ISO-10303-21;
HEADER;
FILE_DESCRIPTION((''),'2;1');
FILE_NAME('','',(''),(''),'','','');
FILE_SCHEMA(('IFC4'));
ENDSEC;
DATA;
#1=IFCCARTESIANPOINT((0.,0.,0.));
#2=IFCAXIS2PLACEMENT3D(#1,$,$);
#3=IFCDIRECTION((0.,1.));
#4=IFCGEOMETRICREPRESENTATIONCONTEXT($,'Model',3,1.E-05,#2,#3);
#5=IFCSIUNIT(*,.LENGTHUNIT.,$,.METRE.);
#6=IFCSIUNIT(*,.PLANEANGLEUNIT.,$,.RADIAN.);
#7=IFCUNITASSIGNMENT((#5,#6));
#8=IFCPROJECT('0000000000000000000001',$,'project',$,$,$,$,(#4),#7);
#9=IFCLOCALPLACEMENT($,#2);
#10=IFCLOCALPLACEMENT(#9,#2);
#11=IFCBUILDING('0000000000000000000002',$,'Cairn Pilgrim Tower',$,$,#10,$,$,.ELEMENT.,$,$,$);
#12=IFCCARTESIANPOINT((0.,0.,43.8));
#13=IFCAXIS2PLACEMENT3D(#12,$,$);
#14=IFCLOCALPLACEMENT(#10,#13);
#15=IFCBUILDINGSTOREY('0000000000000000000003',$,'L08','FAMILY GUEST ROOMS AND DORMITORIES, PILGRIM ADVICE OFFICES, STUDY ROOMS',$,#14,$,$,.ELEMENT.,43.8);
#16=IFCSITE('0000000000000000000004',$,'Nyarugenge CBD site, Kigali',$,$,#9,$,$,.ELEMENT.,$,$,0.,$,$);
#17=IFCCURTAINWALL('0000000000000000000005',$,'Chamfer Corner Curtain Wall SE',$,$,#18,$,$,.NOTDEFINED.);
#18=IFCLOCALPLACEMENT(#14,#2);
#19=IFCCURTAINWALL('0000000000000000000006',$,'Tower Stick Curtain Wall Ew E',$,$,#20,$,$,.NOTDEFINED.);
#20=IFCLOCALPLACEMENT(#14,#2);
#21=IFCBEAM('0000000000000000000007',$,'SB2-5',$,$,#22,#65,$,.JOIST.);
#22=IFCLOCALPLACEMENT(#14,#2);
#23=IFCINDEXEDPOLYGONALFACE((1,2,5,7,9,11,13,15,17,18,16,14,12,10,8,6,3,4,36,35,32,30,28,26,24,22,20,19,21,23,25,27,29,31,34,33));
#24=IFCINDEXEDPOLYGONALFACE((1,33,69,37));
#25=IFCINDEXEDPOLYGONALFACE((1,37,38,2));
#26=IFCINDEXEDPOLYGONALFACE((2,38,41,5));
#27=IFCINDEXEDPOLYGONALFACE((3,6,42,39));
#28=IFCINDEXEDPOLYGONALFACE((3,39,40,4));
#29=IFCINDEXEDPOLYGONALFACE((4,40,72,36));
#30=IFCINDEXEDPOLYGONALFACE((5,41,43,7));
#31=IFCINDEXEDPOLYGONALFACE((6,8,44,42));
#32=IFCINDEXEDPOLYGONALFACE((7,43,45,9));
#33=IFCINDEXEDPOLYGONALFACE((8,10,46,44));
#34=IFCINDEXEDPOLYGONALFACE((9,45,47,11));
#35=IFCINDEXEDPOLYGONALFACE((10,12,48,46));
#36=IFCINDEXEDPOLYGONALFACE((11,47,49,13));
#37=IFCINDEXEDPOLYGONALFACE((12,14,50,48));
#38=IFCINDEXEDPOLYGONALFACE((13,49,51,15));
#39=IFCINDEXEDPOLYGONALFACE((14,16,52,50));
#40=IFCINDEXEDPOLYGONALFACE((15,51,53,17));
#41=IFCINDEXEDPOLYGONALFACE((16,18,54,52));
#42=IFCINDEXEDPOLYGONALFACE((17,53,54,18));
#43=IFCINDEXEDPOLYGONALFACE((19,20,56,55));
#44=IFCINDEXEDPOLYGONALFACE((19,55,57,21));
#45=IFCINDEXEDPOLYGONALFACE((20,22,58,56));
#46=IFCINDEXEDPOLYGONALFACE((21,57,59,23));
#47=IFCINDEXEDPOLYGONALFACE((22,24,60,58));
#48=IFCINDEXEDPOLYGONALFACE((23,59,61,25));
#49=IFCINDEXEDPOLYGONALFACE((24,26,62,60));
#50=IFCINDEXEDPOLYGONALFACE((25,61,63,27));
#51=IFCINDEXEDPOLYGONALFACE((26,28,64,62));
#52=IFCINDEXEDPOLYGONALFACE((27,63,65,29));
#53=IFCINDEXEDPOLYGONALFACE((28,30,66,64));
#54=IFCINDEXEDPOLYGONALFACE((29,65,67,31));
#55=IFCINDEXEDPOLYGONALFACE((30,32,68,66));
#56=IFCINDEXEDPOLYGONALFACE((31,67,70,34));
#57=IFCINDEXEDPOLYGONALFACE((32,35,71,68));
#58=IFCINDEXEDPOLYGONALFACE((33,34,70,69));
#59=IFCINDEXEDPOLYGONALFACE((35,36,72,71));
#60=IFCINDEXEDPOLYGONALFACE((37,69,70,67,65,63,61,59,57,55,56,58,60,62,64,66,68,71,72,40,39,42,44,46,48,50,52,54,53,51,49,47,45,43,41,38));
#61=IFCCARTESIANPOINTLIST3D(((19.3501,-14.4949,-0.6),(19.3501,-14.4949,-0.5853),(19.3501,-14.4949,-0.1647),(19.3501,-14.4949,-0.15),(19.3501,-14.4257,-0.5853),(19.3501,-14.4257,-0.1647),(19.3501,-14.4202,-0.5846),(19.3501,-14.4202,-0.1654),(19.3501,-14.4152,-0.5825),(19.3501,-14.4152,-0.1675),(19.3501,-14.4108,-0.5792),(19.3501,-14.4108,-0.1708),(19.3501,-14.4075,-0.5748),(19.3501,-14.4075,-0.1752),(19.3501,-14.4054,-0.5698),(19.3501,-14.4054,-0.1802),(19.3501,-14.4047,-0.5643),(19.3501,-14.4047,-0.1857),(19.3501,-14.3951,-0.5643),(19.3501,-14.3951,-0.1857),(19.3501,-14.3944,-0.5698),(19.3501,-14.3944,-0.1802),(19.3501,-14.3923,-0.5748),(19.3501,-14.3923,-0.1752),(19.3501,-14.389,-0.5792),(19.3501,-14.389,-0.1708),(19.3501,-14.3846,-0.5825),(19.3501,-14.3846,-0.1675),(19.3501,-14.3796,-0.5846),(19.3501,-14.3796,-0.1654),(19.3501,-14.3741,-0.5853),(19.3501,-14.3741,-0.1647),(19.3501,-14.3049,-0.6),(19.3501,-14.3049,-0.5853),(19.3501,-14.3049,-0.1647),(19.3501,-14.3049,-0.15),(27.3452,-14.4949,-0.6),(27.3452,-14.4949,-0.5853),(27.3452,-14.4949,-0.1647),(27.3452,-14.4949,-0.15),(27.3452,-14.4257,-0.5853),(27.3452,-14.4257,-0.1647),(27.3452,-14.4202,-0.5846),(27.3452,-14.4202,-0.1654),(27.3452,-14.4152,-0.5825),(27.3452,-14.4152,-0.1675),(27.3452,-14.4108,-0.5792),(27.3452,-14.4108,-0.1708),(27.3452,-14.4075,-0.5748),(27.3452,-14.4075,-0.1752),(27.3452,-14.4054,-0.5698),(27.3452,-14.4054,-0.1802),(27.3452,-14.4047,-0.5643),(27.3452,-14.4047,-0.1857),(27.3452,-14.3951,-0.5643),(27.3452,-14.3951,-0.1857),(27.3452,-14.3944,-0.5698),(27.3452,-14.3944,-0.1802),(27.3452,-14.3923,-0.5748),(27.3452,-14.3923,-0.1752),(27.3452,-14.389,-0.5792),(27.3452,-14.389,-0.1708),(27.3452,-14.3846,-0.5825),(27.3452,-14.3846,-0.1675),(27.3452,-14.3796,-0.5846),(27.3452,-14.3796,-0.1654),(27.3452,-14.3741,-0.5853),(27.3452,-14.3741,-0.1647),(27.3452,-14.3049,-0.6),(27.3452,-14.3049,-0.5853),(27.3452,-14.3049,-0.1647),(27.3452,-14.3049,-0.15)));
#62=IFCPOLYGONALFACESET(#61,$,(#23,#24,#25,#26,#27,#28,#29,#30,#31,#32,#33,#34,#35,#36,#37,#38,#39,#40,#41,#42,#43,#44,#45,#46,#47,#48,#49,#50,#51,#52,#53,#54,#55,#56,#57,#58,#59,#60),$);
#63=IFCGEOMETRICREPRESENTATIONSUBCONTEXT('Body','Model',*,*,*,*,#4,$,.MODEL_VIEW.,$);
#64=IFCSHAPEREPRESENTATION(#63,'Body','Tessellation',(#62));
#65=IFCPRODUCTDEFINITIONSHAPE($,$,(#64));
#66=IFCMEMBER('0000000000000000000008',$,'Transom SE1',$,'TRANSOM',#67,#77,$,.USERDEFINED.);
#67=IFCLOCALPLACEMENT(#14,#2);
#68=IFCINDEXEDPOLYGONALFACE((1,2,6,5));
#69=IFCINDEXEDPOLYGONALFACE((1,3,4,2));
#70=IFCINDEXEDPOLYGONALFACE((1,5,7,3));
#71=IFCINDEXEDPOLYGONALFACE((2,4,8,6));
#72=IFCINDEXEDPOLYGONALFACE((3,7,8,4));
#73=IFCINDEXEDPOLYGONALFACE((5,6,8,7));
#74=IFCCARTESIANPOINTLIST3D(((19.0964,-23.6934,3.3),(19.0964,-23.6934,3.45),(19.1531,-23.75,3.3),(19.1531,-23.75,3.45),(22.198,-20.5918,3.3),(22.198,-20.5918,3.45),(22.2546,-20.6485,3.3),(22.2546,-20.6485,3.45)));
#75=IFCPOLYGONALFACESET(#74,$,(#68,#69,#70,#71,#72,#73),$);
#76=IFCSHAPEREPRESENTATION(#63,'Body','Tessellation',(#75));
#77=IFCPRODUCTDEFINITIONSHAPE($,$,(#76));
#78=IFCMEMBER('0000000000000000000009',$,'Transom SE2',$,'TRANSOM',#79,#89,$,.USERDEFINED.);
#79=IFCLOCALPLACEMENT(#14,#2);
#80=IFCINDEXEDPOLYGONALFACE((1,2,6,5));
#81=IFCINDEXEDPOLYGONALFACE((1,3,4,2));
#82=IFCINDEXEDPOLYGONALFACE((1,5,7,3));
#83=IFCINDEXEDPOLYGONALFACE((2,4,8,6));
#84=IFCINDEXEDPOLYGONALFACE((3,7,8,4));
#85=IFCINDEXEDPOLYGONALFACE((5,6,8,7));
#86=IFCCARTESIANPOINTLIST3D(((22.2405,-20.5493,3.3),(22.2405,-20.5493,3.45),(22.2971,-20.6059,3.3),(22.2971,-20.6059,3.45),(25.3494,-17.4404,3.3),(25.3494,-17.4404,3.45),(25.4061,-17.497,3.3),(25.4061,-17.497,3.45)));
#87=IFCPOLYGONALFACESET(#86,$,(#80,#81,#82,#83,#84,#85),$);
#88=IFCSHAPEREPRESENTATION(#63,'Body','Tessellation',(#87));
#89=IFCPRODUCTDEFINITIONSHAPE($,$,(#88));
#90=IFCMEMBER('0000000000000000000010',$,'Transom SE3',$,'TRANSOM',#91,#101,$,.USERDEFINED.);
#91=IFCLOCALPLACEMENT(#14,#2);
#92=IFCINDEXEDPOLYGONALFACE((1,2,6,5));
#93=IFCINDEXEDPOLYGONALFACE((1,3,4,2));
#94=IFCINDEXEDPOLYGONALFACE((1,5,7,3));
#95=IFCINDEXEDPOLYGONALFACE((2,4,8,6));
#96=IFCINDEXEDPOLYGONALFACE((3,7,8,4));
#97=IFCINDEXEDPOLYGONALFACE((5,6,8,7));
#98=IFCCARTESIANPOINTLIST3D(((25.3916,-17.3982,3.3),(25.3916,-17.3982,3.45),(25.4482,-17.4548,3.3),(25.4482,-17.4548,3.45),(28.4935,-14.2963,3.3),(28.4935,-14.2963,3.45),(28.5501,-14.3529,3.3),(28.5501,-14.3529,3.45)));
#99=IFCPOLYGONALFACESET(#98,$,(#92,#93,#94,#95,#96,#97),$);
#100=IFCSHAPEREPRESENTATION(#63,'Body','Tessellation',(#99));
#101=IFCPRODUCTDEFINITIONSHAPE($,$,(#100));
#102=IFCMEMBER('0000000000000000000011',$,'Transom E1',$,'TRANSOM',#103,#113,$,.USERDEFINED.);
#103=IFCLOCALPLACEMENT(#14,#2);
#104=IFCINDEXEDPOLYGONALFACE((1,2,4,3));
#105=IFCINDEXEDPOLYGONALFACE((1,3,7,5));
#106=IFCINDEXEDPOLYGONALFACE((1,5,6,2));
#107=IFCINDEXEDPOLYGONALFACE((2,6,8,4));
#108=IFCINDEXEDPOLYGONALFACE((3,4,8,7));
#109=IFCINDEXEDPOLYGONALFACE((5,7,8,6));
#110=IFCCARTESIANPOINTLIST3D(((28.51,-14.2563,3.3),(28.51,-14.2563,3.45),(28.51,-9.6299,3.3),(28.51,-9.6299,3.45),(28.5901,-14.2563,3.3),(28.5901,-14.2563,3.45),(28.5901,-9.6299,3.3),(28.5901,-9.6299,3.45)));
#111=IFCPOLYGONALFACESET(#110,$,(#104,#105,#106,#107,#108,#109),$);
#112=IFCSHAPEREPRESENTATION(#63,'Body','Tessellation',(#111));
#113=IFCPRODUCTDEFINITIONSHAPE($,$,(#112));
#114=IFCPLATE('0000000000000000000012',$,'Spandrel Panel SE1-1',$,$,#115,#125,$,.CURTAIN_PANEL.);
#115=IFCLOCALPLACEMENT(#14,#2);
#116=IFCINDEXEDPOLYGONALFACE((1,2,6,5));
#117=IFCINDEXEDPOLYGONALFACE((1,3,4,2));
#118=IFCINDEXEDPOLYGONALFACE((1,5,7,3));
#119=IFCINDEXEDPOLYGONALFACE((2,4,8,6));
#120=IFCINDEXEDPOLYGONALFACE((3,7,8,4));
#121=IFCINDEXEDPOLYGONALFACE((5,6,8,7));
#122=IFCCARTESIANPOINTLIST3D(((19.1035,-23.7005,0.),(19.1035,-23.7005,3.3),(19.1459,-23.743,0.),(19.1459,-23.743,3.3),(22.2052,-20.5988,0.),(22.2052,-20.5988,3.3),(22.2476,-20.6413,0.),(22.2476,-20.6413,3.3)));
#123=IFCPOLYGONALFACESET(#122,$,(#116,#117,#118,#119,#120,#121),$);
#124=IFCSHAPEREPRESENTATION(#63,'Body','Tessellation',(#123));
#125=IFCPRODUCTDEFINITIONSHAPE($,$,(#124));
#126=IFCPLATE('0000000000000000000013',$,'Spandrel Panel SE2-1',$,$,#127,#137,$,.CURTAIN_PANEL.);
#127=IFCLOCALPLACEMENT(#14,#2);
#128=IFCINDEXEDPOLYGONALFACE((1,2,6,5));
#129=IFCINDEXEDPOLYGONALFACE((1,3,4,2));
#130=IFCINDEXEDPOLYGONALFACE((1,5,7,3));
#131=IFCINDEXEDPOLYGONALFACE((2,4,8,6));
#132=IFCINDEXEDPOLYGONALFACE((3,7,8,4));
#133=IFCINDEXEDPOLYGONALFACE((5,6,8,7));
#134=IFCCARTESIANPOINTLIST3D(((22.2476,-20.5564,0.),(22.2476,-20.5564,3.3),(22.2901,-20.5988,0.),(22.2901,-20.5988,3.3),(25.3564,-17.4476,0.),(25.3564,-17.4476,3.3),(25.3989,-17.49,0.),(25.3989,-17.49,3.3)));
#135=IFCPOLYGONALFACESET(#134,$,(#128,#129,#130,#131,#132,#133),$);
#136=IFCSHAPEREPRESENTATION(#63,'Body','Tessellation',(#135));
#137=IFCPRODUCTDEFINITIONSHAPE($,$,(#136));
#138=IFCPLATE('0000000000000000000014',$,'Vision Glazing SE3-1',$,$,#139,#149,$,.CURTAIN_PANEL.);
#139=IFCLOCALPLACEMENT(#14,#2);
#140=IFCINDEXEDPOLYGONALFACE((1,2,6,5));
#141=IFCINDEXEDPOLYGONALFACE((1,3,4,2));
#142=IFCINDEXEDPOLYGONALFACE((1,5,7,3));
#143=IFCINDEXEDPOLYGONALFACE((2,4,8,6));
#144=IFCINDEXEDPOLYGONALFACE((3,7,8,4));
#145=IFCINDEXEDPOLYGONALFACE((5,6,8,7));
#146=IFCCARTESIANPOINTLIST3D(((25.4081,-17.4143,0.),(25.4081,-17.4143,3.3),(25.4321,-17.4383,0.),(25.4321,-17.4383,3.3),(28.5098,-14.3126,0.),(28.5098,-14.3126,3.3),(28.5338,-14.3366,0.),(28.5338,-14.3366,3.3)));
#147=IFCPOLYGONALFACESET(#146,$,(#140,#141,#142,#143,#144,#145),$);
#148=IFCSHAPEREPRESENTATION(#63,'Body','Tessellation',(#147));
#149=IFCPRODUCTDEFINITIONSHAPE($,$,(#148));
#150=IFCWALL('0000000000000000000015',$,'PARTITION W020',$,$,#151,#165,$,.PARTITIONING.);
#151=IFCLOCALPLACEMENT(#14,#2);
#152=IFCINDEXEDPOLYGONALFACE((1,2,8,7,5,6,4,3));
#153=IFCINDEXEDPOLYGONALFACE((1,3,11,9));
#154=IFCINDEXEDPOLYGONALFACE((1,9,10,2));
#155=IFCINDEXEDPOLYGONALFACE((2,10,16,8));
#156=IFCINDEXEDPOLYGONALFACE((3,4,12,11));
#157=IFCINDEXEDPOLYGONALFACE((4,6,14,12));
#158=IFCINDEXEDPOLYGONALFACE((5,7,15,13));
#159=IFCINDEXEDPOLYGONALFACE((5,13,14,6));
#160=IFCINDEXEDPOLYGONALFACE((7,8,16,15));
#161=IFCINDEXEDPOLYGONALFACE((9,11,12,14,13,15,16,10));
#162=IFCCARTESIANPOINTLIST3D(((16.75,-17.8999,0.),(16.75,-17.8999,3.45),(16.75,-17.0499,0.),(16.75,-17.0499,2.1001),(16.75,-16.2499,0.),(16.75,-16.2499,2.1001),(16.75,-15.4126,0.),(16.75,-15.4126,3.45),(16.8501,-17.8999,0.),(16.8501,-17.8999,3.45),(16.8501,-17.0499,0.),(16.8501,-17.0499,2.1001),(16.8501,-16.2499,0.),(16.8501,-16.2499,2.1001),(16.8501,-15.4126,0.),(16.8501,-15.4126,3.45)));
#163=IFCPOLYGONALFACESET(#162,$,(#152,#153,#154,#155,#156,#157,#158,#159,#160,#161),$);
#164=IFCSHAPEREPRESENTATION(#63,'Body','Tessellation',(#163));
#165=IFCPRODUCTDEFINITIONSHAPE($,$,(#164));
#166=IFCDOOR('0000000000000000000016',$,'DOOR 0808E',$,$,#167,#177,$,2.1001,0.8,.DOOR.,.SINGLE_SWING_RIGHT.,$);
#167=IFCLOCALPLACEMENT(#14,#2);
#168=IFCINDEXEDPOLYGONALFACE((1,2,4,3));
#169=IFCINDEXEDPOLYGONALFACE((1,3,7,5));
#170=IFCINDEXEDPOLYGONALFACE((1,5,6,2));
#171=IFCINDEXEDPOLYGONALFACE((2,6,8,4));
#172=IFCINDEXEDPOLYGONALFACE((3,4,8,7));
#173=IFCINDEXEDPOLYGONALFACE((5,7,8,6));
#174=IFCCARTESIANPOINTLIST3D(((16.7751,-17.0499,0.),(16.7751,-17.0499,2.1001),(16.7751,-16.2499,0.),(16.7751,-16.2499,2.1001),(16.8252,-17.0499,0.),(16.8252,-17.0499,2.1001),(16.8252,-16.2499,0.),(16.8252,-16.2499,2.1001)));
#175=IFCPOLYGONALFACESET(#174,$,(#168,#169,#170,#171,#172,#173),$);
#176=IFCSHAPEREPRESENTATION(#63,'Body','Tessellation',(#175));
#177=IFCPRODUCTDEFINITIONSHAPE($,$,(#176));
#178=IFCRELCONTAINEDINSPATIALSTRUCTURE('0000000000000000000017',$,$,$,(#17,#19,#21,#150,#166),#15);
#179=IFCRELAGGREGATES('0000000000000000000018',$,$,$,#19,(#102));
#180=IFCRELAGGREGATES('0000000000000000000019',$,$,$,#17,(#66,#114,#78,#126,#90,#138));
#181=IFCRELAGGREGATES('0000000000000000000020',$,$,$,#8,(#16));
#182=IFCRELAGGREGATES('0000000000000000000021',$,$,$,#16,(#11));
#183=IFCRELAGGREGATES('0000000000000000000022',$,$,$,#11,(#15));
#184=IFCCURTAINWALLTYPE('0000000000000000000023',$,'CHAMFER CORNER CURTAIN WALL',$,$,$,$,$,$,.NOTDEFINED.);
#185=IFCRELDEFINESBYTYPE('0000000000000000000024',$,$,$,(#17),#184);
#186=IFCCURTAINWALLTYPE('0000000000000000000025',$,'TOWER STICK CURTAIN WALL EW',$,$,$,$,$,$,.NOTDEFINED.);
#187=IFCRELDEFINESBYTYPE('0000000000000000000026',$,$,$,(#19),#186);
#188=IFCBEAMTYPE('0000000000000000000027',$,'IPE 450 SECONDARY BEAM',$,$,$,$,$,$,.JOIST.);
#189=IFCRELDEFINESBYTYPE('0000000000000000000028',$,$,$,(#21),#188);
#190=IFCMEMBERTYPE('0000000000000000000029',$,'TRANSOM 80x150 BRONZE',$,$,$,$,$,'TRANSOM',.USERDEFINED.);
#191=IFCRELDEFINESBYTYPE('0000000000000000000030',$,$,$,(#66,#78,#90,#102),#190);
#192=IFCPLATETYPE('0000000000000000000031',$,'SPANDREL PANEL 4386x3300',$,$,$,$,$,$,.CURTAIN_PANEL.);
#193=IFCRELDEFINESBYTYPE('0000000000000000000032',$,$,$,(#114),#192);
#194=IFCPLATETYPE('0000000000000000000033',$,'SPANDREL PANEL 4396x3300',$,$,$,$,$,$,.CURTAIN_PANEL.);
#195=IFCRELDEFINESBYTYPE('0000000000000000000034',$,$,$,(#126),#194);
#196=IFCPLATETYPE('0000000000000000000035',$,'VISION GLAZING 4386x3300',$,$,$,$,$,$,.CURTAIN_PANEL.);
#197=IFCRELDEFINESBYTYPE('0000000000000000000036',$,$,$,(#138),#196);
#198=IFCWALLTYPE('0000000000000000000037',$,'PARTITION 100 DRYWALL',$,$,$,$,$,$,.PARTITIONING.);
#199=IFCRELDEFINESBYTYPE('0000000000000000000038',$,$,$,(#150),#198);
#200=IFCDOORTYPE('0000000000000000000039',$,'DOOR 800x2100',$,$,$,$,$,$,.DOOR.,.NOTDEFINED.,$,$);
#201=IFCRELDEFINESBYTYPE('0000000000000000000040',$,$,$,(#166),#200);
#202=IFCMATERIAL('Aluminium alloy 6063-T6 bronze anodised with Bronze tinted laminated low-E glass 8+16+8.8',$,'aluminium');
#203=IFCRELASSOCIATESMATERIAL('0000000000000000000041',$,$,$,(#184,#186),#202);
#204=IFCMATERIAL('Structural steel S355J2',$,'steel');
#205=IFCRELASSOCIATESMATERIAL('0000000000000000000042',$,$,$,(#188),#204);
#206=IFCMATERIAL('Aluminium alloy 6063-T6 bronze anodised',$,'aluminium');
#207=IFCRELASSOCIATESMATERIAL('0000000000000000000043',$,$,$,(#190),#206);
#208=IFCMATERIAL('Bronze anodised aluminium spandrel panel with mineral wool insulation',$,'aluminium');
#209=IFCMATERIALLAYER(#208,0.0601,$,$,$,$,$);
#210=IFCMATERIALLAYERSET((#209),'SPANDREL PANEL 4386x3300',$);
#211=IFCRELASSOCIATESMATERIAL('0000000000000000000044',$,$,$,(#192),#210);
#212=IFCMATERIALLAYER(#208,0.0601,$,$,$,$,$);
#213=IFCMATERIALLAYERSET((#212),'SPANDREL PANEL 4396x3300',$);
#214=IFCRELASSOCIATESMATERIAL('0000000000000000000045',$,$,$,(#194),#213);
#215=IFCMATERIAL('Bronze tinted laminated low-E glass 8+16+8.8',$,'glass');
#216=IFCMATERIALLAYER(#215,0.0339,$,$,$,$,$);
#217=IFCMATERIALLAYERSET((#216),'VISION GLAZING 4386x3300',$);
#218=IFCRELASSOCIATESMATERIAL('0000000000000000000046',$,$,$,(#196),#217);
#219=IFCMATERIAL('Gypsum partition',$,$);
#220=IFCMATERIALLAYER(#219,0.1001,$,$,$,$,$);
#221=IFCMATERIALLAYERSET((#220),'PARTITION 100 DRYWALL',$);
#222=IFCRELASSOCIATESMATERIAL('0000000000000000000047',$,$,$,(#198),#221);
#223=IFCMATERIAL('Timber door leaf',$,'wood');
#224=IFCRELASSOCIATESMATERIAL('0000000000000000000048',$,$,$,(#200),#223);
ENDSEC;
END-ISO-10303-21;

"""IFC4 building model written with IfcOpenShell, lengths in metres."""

from ifc_helpers import new_model, si_unit, direction, frame, frame_2d, origin, origin_2d, place, context, subcontext, project, spatial, rectangle, i_section, extrude, material, layer, layer_set, material_profile, profile_set, type_object, element, fill, aggregate, save


model = new_model("IFC4")

# Units and contexts
model_context = context("Model", 3, precision=1e-05, world=origin(), true_north=direction((0.0, 1.0)))
body_context = subcontext(model_context, "Body", "Model", "MODEL_VIEW")
ifc_project = project(units=[si_unit("LENGTHUNIT", "METRE"), si_unit("PLANEANGLEUNIT", "RADIAN")], contexts=[model_context])

# Site, building, storey
site_placement = place(None, origin())
site = spatial("IfcSite", under=ifc_project, at=site_placement, Name="Nyarugenge CBD site, Kigali", CompositionType="ELEMENT", RefElevation=0.0)
building_placement = place(site_placement, origin())
building = spatial("IfcBuilding", under=site, at=building_placement, Name="Cairn Pilgrim Tower", CompositionType="ELEMENT")
storey_placement = place(building_placement, frame((0.0, 0.0, 43.8)))
storey = spatial("IfcBuildingStorey", under=building, at=storey_placement, Name="L08", Description="FAMILY GUEST ROOMS AND DORMITORIES, PILGRIM ADVICE OFFICES, STUDY ROOMS", CompositionType="ELEMENT", Elevation=43.8)

# Shared definitions
ifc_material_1 = material(Name="Structural steel S355J2", Category="steel")

# Curtain wall
ifc_material_2 = material(Name="Aluminium alloy 6063-T6 bronze anodised with Bronze tinted laminated low-E glass 8+16+8.8", Category="aluminium")
curtain_wall_type_1 = type_object("IfcCurtainWallType", Name="CHAMFER CORNER CURTAIN WALL", PredefinedType="NOTDEFINED", material=ifc_material_2)
curtain_wall_1_placement = place(storey_placement, origin())
curtain_wall_1 = element("IfcCurtainWall", 1, at=curtain_wall_1_placement, inside=storey, type_object=curtain_wall_type_1, Name="Chamfer Corner Curtain Wall SE", PredefinedType="NOTDEFINED")
ifc_material_3 = material(Name="Aluminium alloy 6063-T6 bronze anodised", Category="aluminium")

# Curtain wall
curtain_wall_type_2 = type_object("IfcCurtainWallType", Name="TOWER STICK CURTAIN WALL EW", PredefinedType="NOTDEFINED", material=ifc_material_2)
curtain_wall_2_placement = place(storey_placement, origin())
curtain_wall_2 = element("IfcCurtainWall", 2, at=curtain_wall_2_placement, inside=storey, type_object=curtain_wall_type_2, Name="Tower Stick Curtain Wall Ew E", PredefinedType="NOTDEFINED")

# Beam
ifc_material_profile_1 = material_profile(ifc_material_1, i_section(OverallWidth=0.1899, OverallDepth=0.45, WebThickness=0.0095, FlangeThickness=0.0146, FilletRadius=0.021, at=origin_2d()), Name="IPE 450")
ifc_profile_set_1 = profile_set([ifc_material_profile_1], Name="Structural steel S355J2")
beam_type_1 = type_object("IfcBeamType", Name="IPE 450 SECONDARY BEAM", PredefinedType="JOIST", material=ifc_profile_set_1)
beam_1_placement = place(storey_placement, frame((19.3501, -14.3999, -0.375), z_axis=(1.0, 0.0, 0.0), x_axis=(0.0, 1.0, 0.0)))
element("IfcBeam", 3, at=beam_1_placement, inside=storey, type_object=beam_type_1, Name="SB2-5", PredefinedType="JOIST", context=body_context, shape_type="SweptSolid", body=[
    extrude(i_section(OverallWidth=0.1899, OverallDepth=0.45, WebThickness=0.0095, FlangeThickness=0.0146, FilletRadius=0.021, at=origin_2d()), origin(), (0.0, 0.0, 1.0), 7.9951),
])

# Members
ifc_material_profile_2 = material_profile(ifc_material_3, rectangle(XDim=0.0801, YDim=0.1499, at=origin_2d()), Name="TRANSOM 80x150 BRONZE")
ifc_profile_set_2 = profile_set([ifc_material_profile_2], Name="Aluminium alloy 6063-T6 bronze anodised")
member_type_1 = type_object("IfcMemberType", Name="TRANSOM 80x150 BRONZE", ElementType="TRANSOM", PredefinedType="USERDEFINED", material=ifc_profile_set_2)
member_1_placement = place(storey_placement, frame((19.1248, -23.7217, 3.375), z_axis=(0.707107, 0.707107, 0.0), x_axis=(-0.707107, 0.707107, 0.0)))
member_1 = element("IfcMember", 4, at=member_1_placement, type_object=member_type_1, Name="Transom SE1", ObjectType="TRANSOM", PredefinedType="USERDEFINED", context=body_context, shape_type="SweptSolid", body=[
    extrude(rectangle(XDim=0.0801, YDim=0.1499, at=origin_2d()), origin(), (0.0, 0.0, 1.0), 4.3862),
])
member_2_placement = place(storey_placement, frame((22.2688, -20.5776, 3.375), z_axis=(0.707107, 0.707107, 0.0), x_axis=(-0.707107, 0.707107, 0.0)))
member_2 = element("IfcMember", 5, at=member_2_placement, type_object=member_type_1, Name="Transom SE2", ObjectType="TRANSOM", PredefinedType="USERDEFINED", context=body_context, shape_type="SweptSolid", body=[
    extrude(rectangle(XDim=0.0801, YDim=0.1499, at=origin_2d()), origin(), (0.0, 0.0, 1.0), 4.3967),
])
member_3_placement = place(storey_placement, frame((25.4199, -17.4265, 3.375), z_axis=(0.707107, 0.707107, 0.0), x_axis=(-0.707107, 0.707107, 0.0)))
member_3 = element("IfcMember", 6, at=member_3_placement, type_object=member_type_1, Name="Transom SE3", ObjectType="TRANSOM", PredefinedType="USERDEFINED", context=body_context, shape_type="SweptSolid", body=[
    extrude(rectangle(XDim=0.0801, YDim=0.1499, at=origin_2d()), origin(), (0.0, 0.0, 1.0), 4.3867),
])
member_4_placement = place(storey_placement, frame((28.55, -14.2563, 3.375), z_axis=(0.0, 1.0, 0.0), x_axis=(-1.0, 0.0, 0.0)))
member_4 = element("IfcMember", 7, at=member_4_placement, type_object=member_type_1, Name="Transom E1", ObjectType="TRANSOM", PredefinedType="USERDEFINED", context=body_context, shape_type="SweptSolid", body=[
    extrude(rectangle(XDim=0.0801, YDim=0.1499, at=origin_2d()), origin(), (0.0, 0.0, 1.0), 4.6265),
])
aggregate(curtain_wall_2, [member_4])

# Plates
ifc_material_4 = material(Name="Bronze anodised aluminium spandrel panel with mineral wool insulation", Category="aluminium")
ifc_layer_1 = layer(ifc_material_4, 0.0601)
ifc_layer_set_1 = layer_set([ifc_layer_1], Name="SPANDREL PANEL 4386x3300")
plate_type_1 = type_object("IfcPlateType", Name="SPANDREL PANEL 4386x3300", PredefinedType="CURTAIN_PANEL", material=ifc_layer_set_1)
plate_1_placement = place(storey_placement, frame((20.6755, -22.1709, 0.0), z_axis=(0.0, 0.0, 1.0), x_axis=(0.707107, 0.707107, 0.0)))
plate_1 = element("IfcPlate", 8, at=plate_1_placement, type_object=plate_type_1, Name="Spandrel Panel SE1-1", PredefinedType="CURTAIN_PANEL", context=body_context, shape_type="SweptSolid", body=[
    extrude(rectangle(XDim=4.3865, YDim=0.0601, at=origin_2d()), origin(), (0.0, 0.0, 1.0), 3.3),
])
ifc_layer_2 = layer(ifc_material_4, 0.0601)
ifc_layer_set_2 = layer_set([ifc_layer_2], Name="SPANDREL PANEL 4396x3300")
plate_type_2 = type_object("IfcPlateType", Name="SPANDREL PANEL 4396x3300", PredefinedType="CURTAIN_PANEL", material=ifc_layer_set_2)
plate_2_placement = place(storey_placement, frame((23.8232, -19.0232, 0.0), z_axis=(0.0, 0.0, 1.0), x_axis=(0.707107, 0.707107, 0.0)))
plate_2 = element("IfcPlate", 9, at=plate_2_placement, type_object=plate_type_2, Name="Spandrel Panel SE2-1", PredefinedType="CURTAIN_PANEL", context=body_context, shape_type="SweptSolid", body=[
    extrude(rectangle(XDim=4.3965, YDim=0.0601, at=origin_2d()), origin(), (0.0, 0.0, 1.0), 3.3),
])
ifc_material_5 = material(Name="Bronze tinted laminated low-E glass 8+16+8.8", Category="glass")
ifc_layer_3 = layer(ifc_material_5, 0.0339)
ifc_layer_set_3 = layer_set([ifc_layer_3], Name="VISION GLAZING 4386x3300")
plate_type_3 = type_object("IfcPlateType", Name="VISION GLAZING 4386x3300", PredefinedType="CURTAIN_PANEL", material=ifc_layer_set_3)
plate_3_placement = place(storey_placement, frame((26.9709, -15.8755, 0.0), z_axis=(0.0, 0.0, 1.0), x_axis=(0.707107, 0.707107, 0.0)))
plate_3 = element("IfcPlate", 10, at=plate_3_placement, type_object=plate_type_3, Name="Vision Glazing SE3-1", PredefinedType="CURTAIN_PANEL", context=body_context, shape_type="SweptSolid", body=[
    extrude(rectangle(XDim=4.3865, YDim=0.0339, at=origin_2d()), origin(), (0.0, 0.0, 1.0), 3.3),
])
aggregate(curtain_wall_1, [member_1, plate_1, member_2, plate_2, member_3, plate_3])

# Wall, opening, door
ifc_material_6 = material(Name="Gypsum partition")
ifc_layer_4 = layer(ifc_material_6, 0.1001)
ifc_layer_set_4 = layer_set([ifc_layer_4], Name="PARTITION 100 DRYWALL")
wall_type_1 = type_object("IfcWallType", Name="PARTITION 100 DRYWALL", PredefinedType="PARTITIONING", material=ifc_layer_set_4)
wall_1_placement = place(storey_placement, frame((16.8, -17.8999, 0.0), z_axis=(0.0, 0.0, 1.0), x_axis=(0.0, 1.0, 0.0)))
wall_1 = element("IfcWall", 11, at=wall_1_placement, inside=storey, type_object=wall_type_1, Name="PARTITION W020", PredefinedType="PARTITIONING", context=body_context, shape_type="SweptSolid", body=[
    extrude(rectangle(XDim=2.4873, YDim=0.1001, at=frame_2d((1.2437, 0.0))), origin(), (0.0, 0.0, 1.0), 3.45),
])
opening_1_placement = place(wall_1_placement, frame((0.8501, 0.0, 0.0)))
opening_1 = element("IfcOpeningElement", 12, at=opening_1_placement, cuts=wall_1, PredefinedType="OPENING", context=body_context, shape_type="SweptSolid", body=[
    extrude(rectangle(XDim=0.8, YDim=2.1001, at=frame_2d((0.3999, 1.05))), frame((0.0, 0.0601, 0.0), z_axis=(0.0, -1.0, 0.0), x_axis=(1.0, 0.0, 0.0)), (0.0, 0.0, 1.0), 0.1201),
])
ifc_material_7 = material(Name="Timber door leaf", Category="wood")
door_type_1 = type_object("IfcDoorType", Name="DOOR 800x2100", OperationType="NOTDEFINED", PredefinedType="DOOR", material=ifc_material_7)
door_1_placement = place(opening_1_placement, origin())
door_1 = element("IfcDoor", 13, at=door_1_placement, inside=storey, type_object=door_type_1, Name="DOOR 0808E", OperationType="SINGLE_SWING_RIGHT", OverallHeight=2.1001, OverallWidth=0.8, PredefinedType="DOOR", context=body_context, shape_type="SweptSolid", body=[
    extrude(rectangle(XDim=0.8, YDim=2.1001, at=frame_2d((0.3999, 1.05))), frame((0.0, 0.0249, 0.0), z_axis=(0.0, -1.0, 0.0), x_axis=(1.0, 0.0, 0.0)), (0.0, 0.0, 1.0), 0.05),
])
fill(opening_1, door_1)

save(model, "model.ifc")
